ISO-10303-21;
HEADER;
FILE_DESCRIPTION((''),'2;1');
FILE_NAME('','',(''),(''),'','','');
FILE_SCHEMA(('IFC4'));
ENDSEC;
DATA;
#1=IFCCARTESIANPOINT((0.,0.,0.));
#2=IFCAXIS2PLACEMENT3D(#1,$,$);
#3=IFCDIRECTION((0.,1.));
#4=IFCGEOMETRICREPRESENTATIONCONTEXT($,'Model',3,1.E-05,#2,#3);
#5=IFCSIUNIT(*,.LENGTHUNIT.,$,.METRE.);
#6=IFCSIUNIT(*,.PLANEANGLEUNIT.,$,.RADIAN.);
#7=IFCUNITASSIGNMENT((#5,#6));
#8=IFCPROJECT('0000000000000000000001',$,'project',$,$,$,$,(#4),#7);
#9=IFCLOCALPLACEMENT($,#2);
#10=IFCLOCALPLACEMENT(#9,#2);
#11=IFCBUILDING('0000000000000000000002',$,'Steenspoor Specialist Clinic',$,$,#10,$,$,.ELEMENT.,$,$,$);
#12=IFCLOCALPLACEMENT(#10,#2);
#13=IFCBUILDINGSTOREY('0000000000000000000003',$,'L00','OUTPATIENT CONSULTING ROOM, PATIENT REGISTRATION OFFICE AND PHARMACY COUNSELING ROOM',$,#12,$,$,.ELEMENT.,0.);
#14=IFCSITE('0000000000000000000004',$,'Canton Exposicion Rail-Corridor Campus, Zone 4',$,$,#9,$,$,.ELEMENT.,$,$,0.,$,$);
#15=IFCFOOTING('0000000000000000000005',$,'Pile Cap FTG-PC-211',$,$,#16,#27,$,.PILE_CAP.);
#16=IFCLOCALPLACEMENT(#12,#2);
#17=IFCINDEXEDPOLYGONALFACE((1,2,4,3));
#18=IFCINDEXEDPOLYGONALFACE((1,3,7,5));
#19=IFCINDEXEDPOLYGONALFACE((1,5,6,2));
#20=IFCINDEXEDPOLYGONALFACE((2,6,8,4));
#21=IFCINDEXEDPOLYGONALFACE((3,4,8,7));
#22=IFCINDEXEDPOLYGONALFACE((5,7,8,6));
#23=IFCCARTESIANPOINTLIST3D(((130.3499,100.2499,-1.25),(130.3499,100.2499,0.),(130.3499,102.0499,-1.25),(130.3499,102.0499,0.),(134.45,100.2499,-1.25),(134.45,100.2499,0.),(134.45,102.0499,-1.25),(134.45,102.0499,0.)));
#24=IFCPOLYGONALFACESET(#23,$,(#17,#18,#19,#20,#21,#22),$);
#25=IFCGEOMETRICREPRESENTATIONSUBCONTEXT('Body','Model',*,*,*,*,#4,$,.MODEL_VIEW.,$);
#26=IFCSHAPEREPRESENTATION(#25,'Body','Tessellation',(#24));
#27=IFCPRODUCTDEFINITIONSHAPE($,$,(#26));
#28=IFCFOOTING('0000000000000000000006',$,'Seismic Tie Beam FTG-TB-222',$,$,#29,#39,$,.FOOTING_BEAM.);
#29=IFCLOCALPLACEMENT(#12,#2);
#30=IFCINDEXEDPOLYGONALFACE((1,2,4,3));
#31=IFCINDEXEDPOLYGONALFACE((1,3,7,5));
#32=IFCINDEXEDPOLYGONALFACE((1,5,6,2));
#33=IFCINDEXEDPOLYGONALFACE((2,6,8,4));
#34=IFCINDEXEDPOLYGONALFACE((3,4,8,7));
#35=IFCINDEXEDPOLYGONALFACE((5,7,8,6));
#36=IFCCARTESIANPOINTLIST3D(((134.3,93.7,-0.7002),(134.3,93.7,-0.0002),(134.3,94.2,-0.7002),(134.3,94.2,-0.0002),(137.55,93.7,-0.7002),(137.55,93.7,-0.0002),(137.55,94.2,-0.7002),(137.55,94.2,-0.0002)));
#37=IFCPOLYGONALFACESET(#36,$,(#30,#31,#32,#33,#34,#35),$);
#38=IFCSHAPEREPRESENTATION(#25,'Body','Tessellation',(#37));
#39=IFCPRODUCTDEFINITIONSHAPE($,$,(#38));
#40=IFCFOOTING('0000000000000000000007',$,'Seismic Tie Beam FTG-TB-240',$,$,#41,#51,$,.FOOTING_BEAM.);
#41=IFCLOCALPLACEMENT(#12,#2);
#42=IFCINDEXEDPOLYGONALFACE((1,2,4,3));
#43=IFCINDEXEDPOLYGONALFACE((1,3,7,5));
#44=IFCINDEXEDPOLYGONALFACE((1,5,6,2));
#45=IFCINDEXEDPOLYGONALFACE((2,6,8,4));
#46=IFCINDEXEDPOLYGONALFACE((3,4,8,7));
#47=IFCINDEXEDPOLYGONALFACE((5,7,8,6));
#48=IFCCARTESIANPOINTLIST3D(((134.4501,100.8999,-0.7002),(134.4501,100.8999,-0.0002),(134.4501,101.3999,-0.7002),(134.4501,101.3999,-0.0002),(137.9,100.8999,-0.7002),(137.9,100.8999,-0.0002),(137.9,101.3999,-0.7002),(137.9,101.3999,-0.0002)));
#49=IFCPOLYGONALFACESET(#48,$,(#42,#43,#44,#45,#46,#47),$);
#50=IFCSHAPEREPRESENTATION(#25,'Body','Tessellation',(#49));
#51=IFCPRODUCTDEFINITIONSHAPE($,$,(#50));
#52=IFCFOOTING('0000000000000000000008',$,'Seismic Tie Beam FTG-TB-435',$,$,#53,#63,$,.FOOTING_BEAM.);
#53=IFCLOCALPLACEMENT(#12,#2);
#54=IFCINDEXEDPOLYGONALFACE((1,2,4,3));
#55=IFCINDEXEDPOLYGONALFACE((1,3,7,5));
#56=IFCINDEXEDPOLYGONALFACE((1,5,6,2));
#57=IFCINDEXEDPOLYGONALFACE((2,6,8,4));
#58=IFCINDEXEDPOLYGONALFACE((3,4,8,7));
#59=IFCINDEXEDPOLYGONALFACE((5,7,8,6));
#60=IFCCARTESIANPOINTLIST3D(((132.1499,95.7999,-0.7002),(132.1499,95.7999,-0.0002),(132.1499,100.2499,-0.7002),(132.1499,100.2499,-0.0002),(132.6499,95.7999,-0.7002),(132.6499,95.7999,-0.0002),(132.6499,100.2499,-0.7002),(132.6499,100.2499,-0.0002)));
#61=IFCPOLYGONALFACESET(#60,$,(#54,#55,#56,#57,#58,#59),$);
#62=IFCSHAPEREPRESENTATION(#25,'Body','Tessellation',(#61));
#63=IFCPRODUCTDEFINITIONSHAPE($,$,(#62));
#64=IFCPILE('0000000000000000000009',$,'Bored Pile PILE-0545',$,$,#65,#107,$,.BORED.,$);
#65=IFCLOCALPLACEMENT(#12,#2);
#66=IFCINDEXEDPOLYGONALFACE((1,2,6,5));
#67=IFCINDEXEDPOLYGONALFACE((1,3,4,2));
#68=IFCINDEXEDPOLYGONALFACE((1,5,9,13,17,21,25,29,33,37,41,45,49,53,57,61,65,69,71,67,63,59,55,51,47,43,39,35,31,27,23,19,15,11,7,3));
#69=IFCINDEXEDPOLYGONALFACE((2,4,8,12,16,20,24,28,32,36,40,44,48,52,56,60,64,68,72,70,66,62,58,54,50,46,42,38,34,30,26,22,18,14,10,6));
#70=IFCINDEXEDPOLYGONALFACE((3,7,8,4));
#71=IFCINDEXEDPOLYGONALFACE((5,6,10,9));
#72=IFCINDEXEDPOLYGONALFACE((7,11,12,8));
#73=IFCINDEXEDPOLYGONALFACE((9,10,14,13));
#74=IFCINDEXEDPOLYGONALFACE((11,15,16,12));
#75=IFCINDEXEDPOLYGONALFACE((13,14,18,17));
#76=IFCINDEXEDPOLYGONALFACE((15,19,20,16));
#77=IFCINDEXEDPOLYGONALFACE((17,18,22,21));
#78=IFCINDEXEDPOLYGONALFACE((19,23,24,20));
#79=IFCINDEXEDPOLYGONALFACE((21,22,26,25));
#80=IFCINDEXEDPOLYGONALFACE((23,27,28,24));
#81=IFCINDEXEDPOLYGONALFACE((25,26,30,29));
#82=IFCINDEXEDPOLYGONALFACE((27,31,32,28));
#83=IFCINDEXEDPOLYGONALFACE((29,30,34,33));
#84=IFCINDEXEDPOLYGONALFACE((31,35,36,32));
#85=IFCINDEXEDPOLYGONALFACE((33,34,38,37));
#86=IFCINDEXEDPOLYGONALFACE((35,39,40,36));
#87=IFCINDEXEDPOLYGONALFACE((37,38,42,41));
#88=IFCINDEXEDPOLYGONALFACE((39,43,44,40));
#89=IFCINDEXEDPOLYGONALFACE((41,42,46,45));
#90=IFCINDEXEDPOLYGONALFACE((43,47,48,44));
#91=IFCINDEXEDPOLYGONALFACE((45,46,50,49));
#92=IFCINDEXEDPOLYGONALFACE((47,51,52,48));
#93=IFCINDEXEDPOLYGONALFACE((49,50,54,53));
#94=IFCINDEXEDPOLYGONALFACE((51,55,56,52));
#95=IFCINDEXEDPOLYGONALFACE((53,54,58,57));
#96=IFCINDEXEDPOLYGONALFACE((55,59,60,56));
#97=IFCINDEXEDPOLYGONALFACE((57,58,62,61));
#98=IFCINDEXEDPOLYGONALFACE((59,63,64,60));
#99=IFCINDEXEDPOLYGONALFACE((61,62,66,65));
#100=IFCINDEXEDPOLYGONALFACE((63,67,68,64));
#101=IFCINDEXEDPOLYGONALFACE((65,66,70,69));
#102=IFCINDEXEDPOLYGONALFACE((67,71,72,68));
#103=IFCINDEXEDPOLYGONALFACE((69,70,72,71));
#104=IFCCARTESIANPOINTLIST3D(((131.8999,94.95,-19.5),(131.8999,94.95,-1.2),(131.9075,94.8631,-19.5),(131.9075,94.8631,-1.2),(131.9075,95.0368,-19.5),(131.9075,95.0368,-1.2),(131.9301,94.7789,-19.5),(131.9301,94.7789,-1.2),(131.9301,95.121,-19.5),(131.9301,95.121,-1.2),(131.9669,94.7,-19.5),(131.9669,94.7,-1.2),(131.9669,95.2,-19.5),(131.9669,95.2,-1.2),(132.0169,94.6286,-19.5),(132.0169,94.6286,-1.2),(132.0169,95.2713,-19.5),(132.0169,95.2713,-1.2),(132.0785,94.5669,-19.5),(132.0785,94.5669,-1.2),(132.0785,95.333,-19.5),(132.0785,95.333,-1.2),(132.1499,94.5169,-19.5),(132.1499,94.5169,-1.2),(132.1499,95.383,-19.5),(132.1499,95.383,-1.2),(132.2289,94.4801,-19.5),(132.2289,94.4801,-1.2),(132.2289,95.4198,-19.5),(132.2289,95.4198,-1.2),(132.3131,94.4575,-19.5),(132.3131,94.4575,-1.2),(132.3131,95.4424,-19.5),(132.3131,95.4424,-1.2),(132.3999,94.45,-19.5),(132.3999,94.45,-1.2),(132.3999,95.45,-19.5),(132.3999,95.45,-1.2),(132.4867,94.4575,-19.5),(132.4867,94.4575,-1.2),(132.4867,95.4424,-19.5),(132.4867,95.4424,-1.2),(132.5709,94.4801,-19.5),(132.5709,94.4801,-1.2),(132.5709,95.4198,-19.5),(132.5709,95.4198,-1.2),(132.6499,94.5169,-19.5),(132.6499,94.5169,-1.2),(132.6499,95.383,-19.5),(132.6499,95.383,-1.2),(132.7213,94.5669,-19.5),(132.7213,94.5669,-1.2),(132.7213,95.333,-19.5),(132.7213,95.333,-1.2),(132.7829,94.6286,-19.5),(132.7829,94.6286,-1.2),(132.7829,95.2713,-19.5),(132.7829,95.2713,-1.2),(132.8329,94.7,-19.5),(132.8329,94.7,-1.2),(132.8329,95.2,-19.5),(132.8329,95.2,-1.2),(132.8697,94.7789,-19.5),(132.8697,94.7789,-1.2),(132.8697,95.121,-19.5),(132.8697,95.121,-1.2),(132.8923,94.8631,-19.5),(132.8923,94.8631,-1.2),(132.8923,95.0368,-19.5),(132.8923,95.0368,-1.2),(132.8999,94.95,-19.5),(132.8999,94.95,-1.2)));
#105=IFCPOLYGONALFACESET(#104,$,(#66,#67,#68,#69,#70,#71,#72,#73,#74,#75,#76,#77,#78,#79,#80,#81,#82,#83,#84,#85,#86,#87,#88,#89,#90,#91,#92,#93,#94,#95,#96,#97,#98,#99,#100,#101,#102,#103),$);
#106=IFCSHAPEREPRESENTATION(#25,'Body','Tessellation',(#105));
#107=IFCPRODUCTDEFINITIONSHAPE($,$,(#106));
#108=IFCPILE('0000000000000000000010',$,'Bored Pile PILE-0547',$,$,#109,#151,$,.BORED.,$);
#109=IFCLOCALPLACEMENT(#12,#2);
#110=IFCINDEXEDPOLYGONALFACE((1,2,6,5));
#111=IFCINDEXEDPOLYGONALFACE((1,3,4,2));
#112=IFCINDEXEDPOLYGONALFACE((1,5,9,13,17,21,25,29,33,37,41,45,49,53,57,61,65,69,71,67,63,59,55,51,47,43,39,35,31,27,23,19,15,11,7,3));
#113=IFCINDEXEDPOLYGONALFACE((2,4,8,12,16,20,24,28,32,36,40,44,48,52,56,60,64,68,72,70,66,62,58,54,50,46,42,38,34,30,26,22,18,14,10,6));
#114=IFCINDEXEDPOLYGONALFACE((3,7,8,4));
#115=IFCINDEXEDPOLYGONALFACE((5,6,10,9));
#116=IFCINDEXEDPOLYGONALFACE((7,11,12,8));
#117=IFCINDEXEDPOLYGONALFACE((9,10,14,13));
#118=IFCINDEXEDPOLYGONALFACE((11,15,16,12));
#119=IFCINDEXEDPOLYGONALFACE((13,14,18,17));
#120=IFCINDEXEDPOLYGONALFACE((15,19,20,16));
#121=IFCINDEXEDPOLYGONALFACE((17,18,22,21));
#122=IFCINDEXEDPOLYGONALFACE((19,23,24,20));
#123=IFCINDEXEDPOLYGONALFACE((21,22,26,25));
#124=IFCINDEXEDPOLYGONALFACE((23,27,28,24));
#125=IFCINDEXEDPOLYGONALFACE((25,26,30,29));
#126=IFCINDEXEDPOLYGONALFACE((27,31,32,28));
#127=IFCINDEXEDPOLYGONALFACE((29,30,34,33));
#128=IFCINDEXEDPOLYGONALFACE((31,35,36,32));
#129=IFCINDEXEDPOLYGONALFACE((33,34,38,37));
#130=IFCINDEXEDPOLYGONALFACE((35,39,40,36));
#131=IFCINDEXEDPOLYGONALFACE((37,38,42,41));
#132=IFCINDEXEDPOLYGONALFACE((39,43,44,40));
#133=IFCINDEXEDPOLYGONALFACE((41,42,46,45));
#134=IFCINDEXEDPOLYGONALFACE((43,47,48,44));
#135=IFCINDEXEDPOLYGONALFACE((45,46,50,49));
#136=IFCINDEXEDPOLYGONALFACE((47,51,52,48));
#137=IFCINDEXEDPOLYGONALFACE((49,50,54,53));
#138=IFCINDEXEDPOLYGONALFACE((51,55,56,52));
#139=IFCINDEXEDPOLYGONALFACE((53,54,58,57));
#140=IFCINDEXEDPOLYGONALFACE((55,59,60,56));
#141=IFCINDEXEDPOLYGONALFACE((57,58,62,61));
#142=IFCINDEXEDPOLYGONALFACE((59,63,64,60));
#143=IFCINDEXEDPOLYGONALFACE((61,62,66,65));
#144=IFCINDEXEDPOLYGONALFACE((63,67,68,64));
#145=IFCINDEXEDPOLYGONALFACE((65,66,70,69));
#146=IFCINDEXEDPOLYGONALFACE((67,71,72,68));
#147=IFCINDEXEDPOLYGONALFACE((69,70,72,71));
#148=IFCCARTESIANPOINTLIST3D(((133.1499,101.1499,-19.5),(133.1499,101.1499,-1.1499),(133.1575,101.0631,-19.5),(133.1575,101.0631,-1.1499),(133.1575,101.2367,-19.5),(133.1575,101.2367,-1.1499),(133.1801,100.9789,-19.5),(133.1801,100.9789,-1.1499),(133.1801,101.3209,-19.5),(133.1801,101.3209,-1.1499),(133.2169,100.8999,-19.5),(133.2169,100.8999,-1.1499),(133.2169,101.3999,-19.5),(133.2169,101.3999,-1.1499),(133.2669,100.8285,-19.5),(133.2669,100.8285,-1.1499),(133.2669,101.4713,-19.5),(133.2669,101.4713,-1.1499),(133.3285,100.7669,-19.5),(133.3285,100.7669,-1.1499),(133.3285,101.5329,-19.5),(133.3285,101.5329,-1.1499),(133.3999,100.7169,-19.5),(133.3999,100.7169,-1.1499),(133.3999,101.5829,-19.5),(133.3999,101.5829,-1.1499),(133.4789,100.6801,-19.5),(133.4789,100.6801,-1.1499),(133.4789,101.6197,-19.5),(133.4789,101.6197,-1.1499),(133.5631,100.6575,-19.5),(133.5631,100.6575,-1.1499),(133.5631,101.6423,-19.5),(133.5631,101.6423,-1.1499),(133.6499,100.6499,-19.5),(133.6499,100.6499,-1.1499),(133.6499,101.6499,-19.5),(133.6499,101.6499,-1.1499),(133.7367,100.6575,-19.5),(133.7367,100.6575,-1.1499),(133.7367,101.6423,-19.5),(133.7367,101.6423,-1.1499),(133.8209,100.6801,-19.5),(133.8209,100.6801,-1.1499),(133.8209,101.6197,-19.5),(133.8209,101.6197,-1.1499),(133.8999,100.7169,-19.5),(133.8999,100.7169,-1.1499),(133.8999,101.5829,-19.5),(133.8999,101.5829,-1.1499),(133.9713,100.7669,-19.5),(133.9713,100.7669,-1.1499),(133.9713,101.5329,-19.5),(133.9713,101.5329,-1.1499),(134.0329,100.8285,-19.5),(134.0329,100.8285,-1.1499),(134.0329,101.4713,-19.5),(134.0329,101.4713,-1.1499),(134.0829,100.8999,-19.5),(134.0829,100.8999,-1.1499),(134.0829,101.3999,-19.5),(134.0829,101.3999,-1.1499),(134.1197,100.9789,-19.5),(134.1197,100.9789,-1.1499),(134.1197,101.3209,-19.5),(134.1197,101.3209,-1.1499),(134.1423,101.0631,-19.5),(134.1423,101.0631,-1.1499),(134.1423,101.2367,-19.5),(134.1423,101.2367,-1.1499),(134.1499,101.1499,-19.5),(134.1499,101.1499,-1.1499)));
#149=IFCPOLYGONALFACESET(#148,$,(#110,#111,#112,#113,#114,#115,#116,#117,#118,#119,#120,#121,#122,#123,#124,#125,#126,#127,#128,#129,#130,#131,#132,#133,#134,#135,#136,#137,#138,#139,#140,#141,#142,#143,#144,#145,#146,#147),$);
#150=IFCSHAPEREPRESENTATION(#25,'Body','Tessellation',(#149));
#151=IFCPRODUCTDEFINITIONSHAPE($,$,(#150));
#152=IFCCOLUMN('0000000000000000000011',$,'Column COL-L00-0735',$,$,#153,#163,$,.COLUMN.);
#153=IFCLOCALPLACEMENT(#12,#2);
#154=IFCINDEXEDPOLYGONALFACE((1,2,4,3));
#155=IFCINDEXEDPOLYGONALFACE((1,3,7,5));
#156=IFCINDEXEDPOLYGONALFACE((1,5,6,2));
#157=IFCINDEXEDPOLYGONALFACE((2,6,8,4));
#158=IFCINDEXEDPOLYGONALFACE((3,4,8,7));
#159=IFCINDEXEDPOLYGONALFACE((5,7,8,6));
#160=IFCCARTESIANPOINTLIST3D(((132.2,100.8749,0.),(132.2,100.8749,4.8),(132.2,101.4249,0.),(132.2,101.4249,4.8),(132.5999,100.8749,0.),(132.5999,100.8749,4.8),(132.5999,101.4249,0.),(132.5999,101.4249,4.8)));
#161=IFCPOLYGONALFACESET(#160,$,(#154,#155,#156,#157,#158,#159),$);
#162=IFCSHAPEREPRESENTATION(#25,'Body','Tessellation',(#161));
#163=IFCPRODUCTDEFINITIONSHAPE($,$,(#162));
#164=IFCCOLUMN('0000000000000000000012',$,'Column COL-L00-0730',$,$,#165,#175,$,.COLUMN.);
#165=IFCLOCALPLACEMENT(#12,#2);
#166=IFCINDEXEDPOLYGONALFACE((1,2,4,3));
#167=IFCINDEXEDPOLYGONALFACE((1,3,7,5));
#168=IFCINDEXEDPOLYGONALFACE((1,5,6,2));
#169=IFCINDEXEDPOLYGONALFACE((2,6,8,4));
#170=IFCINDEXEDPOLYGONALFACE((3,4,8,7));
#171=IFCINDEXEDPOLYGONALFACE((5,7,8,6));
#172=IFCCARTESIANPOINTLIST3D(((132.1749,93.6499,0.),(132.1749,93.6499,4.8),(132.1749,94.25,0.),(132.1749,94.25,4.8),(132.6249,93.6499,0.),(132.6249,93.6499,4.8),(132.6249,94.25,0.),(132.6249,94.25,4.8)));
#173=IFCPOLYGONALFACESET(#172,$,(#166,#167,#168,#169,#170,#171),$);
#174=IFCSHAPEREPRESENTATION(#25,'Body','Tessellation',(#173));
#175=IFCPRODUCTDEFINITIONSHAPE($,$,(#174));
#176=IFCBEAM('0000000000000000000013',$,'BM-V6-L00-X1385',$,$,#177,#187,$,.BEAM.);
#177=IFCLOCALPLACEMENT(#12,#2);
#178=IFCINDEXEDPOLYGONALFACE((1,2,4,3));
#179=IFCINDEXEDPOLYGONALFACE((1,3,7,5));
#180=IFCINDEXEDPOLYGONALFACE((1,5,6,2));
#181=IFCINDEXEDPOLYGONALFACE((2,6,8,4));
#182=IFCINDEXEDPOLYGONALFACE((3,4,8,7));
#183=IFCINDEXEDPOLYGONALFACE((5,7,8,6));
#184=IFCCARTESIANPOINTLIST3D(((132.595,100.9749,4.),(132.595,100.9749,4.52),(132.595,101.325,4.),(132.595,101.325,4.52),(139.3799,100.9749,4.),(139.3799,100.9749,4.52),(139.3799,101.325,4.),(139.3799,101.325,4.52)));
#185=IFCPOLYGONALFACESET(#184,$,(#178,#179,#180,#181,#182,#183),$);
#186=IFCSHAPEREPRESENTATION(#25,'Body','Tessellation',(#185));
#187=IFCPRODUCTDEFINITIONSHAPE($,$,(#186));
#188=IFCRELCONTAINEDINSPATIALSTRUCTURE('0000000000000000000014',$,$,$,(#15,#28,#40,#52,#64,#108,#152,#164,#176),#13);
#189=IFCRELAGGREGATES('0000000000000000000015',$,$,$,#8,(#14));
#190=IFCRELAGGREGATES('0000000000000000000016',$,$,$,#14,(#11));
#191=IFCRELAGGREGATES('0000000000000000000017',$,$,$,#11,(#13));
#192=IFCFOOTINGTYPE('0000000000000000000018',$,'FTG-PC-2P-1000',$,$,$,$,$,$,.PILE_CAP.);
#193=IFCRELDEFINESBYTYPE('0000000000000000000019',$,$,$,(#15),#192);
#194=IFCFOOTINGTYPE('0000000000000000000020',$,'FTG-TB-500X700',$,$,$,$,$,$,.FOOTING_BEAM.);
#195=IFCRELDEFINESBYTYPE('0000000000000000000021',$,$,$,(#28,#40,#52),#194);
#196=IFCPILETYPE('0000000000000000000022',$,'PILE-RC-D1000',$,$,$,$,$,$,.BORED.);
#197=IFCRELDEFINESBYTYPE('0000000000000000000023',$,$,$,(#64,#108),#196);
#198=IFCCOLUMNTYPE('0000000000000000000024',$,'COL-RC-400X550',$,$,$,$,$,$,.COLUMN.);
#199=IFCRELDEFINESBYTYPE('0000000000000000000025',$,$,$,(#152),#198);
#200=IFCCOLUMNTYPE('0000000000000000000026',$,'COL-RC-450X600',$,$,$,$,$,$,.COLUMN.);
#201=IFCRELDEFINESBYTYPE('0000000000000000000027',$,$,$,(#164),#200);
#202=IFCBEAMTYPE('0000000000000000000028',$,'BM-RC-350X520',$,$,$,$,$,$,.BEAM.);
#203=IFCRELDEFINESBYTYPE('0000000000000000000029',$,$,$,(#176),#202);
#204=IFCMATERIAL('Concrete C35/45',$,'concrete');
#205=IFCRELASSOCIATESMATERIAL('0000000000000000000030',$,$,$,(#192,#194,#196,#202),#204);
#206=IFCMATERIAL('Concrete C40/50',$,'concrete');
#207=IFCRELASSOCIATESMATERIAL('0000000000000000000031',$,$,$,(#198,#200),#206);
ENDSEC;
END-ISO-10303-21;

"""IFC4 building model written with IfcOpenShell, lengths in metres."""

from ifc_helpers import new_model, si_unit, direction, frame, origin, origin_2d, place, context, subcontext, project, spatial, rectangle, circle, extrude, material, material_profile, profile_set, type_object, element, save


model = new_model("IFC4")

# Units and contexts
model_context = context("Model", 3, precision=1e-05, world=origin(), true_north=direction((0.0, 1.0)))
body_context = subcontext(model_context, "Body", "Model", "MODEL_VIEW")
ifc_project = project(units=[si_unit("LENGTHUNIT", "METRE"), si_unit("PLANEANGLEUNIT", "RADIAN")], contexts=[model_context])

# Site, building, storey
site_placement = place(None, origin())
site = spatial("IfcSite", under=ifc_project, at=site_placement, Name="Canton Exposicion Rail-Corridor Campus, Zone 4", CompositionType="ELEMENT", RefElevation=0.0)
building_placement = place(site_placement, origin())
building = spatial("IfcBuilding", under=site, at=building_placement, Name="Steenspoor Specialist Clinic", CompositionType="ELEMENT")
storey_placement = place(building_placement, origin())
storey = spatial("IfcBuildingStorey", under=building, at=storey_placement, Name="L00", Description="OUTPATIENT CONSULTING ROOM, PATIENT REGISTRATION OFFICE AND PHARMACY COUNSELING ROOM", CompositionType="ELEMENT", Elevation=0.0)

# Footings
ifc_material_1 = material(Name="Concrete C35/45", Category="concrete")
footing_type_1 = type_object("IfcFootingType", Name="FTG-PC-2P-1000", PredefinedType="PILE_CAP", material=ifc_material_1)
footing_1_placement = place(storey_placement, frame((132.3999, 101.1499, -1.25), z_axis=(0.0, 0.0, 1.0), x_axis=(1.0, 0.0, 0.0)))
element("IfcFooting", 1, at=footing_1_placement, inside=storey, type_object=footing_type_1, Name="Pile Cap FTG-PC-211", PredefinedType="PILE_CAP", context=body_context, shape_type="SweptSolid", body=[
    extrude(rectangle(XDim=4.1001, YDim=1.8, at=origin_2d()), origin(), (0.0, 0.0, 1.0), 1.25),
])
footing_type_2 = type_object("IfcFootingType", Name="FTG-TB-500X700", PredefinedType="FOOTING_BEAM", material=ifc_material_1)
footing_2_placement = place(storey_placement, frame((135.925, 93.95, -0.7002), z_axis=(0.0, 0.0, 1.0), x_axis=(1.0, 0.0, 0.0)))
element("IfcFooting", 2, at=footing_2_placement, inside=storey, type_object=footing_type_2, Name="Seismic Tie Beam FTG-TB-222", PredefinedType="FOOTING_BEAM", context=body_context, shape_type="SweptSolid", body=[
    extrude(rectangle(XDim=3.25, YDim=0.5, at=origin_2d()), origin(), (0.0, 0.0, 1.0), 0.7),
])
footing_3_placement = place(storey_placement, frame((136.175, 101.1499, -0.7002), z_axis=(0.0, 0.0, 1.0), x_axis=(1.0, 0.0, 0.0)))
element("IfcFooting", 3, at=footing_3_placement, inside=storey, type_object=footing_type_2, Name="Seismic Tie Beam FTG-TB-240", PredefinedType="FOOTING_BEAM", context=body_context, shape_type="SweptSolid", body=[
    extrude(rectangle(XDim=3.45, YDim=0.5, at=origin_2d()), origin(), (0.0, 0.0, 1.0), 0.7),
])
footing_4_placement = place(storey_placement, frame((132.3999, 98.0249, -0.7002), z_axis=(0.0, 0.0, 1.0), x_axis=(1.0, 0.0, 0.0)))
element("IfcFooting", 4, at=footing_4_placement, inside=storey, type_object=footing_type_2, Name="Seismic Tie Beam FTG-TB-435", PredefinedType="FOOTING_BEAM", context=body_context, shape_type="SweptSolid", body=[
    extrude(rectangle(XDim=0.5, YDim=4.45, at=origin_2d()), origin(), (0.0, 0.0, 1.0), 0.7),
])

# Piles
ifc_material_profile_1 = material_profile(ifc_material_1, circle(Radius=0.5, at=origin_2d()), Name="PILE-D1000")
ifc_profile_set_1 = profile_set([ifc_material_profile_1], Name="Concrete C35/45")
pile_type = type_object("IfcPileType", Name="PILE-RC-D1000", PredefinedType="BORED", material=ifc_profile_set_1)
pile_1_placement = place(storey_placement, frame((132.3999, 94.95, -1.2), z_axis=(0.0, 0.0, -1.0), x_axis=(1.0, 0.0, 0.0)))
element("IfcPile", 5, at=pile_1_placement, inside=storey, type_object=pile_type, Name="Bored Pile PILE-0545", PredefinedType="BORED", context=body_context, shape_type="SweptSolid", body=[
    extrude(circle(Radius=0.5, at=origin_2d()), origin(), (0.0, 0.0, 1.0), 18.3),
])
pile_2_placement = place(storey_placement, frame((133.6499, 101.1499, -1.1499), z_axis=(0.0, 0.0, -1.0), x_axis=(1.0, 0.0, 0.0)))
element("IfcPile", 6, at=pile_2_placement, inside=storey, type_object=pile_type, Name="Bored Pile PILE-0547", PredefinedType="BORED", context=body_context, shape_type="SweptSolid", body=[
    extrude(circle(Radius=0.5, at=origin_2d()), origin(), (0.0, 0.0, 1.0), 18.3501),
])

# Columns
ifc_material_2 = material(Name="Concrete C40/50", Category="concrete")
ifc_material_profile_2 = material_profile(ifc_material_2, rectangle(XDim=0.3999, YDim=0.55, at=origin_2d()), Name="RC-COL-400X550")
ifc_profile_set_2 = profile_set([ifc_material_profile_2], Name="Concrete C40/50")
column_type_1 = type_object("IfcColumnType", Name="COL-RC-400X550", PredefinedType="COLUMN", material=ifc_profile_set_2)
column_1_placement = place(storey_placement, frame((132.3999, 101.1499, 0.0), z_axis=(0.0, 0.0, 1.0), x_axis=(1.0, 0.0, 0.0)))
element("IfcColumn", 7, at=column_1_placement, inside=storey, type_object=column_type_1, Name="Column COL-L00-0735", PredefinedType="COLUMN", context=body_context, shape_type="SweptSolid", body=[
    extrude(rectangle(XDim=0.3999, YDim=0.55, at=origin_2d()), origin(), (0.0, 0.0, 1.0), 4.8),
])
ifc_material_profile_3 = material_profile(ifc_material_2, rectangle(XDim=0.45, YDim=0.6001, at=origin_2d()), Name="RC-COL-450X600")
ifc_profile_set_3 = profile_set([ifc_material_profile_3], Name="Concrete C40/50")
column_type_2 = type_object("IfcColumnType", Name="COL-RC-450X600", PredefinedType="COLUMN", material=ifc_profile_set_3)
column_2_placement = place(storey_placement, frame((132.3999, 93.95, 0.0), z_axis=(0.0, 0.0, 1.0), x_axis=(1.0, 0.0, 0.0)))
element("IfcColumn", 8, at=column_2_placement, inside=storey, type_object=column_type_2, Name="Column COL-L00-0730", PredefinedType="COLUMN", context=body_context, shape_type="SweptSolid", body=[
    extrude(rectangle(XDim=0.45, YDim=0.6001, at=origin_2d()), origin(), (0.0, 0.0, 1.0), 4.8),
])

# Beam
ifc_material_profile_4 = material_profile(ifc_material_1, rectangle(XDim=0.3501, YDim=0.52, at=origin_2d()), Name="RC-BM-350X520")
ifc_profile_set_4 = profile_set([ifc_material_profile_4], Name="Concrete C35/45")
beam_type_1 = type_object("IfcBeamType", Name="BM-RC-350X520", PredefinedType="BEAM", material=ifc_profile_set_4)
beam_1_placement = place(storey_placement, frame((132.595, 101.1499, 4.26), z_axis=(1.0, 0.0, 0.0), x_axis=(0.0, 1.0, 0.0)))
element("IfcBeam", 9, at=beam_1_placement, inside=storey, type_object=beam_type_1, Name="BM-V6-L00-X1385", PredefinedType="BEAM", context=body_context, shape_type="SweptSolid", body=[
    extrude(rectangle(XDim=0.3501, YDim=0.52, at=origin_2d()), origin(), (0.0, 0.0, 1.0), 6.7849),
])

save(model, "model.ifc")
